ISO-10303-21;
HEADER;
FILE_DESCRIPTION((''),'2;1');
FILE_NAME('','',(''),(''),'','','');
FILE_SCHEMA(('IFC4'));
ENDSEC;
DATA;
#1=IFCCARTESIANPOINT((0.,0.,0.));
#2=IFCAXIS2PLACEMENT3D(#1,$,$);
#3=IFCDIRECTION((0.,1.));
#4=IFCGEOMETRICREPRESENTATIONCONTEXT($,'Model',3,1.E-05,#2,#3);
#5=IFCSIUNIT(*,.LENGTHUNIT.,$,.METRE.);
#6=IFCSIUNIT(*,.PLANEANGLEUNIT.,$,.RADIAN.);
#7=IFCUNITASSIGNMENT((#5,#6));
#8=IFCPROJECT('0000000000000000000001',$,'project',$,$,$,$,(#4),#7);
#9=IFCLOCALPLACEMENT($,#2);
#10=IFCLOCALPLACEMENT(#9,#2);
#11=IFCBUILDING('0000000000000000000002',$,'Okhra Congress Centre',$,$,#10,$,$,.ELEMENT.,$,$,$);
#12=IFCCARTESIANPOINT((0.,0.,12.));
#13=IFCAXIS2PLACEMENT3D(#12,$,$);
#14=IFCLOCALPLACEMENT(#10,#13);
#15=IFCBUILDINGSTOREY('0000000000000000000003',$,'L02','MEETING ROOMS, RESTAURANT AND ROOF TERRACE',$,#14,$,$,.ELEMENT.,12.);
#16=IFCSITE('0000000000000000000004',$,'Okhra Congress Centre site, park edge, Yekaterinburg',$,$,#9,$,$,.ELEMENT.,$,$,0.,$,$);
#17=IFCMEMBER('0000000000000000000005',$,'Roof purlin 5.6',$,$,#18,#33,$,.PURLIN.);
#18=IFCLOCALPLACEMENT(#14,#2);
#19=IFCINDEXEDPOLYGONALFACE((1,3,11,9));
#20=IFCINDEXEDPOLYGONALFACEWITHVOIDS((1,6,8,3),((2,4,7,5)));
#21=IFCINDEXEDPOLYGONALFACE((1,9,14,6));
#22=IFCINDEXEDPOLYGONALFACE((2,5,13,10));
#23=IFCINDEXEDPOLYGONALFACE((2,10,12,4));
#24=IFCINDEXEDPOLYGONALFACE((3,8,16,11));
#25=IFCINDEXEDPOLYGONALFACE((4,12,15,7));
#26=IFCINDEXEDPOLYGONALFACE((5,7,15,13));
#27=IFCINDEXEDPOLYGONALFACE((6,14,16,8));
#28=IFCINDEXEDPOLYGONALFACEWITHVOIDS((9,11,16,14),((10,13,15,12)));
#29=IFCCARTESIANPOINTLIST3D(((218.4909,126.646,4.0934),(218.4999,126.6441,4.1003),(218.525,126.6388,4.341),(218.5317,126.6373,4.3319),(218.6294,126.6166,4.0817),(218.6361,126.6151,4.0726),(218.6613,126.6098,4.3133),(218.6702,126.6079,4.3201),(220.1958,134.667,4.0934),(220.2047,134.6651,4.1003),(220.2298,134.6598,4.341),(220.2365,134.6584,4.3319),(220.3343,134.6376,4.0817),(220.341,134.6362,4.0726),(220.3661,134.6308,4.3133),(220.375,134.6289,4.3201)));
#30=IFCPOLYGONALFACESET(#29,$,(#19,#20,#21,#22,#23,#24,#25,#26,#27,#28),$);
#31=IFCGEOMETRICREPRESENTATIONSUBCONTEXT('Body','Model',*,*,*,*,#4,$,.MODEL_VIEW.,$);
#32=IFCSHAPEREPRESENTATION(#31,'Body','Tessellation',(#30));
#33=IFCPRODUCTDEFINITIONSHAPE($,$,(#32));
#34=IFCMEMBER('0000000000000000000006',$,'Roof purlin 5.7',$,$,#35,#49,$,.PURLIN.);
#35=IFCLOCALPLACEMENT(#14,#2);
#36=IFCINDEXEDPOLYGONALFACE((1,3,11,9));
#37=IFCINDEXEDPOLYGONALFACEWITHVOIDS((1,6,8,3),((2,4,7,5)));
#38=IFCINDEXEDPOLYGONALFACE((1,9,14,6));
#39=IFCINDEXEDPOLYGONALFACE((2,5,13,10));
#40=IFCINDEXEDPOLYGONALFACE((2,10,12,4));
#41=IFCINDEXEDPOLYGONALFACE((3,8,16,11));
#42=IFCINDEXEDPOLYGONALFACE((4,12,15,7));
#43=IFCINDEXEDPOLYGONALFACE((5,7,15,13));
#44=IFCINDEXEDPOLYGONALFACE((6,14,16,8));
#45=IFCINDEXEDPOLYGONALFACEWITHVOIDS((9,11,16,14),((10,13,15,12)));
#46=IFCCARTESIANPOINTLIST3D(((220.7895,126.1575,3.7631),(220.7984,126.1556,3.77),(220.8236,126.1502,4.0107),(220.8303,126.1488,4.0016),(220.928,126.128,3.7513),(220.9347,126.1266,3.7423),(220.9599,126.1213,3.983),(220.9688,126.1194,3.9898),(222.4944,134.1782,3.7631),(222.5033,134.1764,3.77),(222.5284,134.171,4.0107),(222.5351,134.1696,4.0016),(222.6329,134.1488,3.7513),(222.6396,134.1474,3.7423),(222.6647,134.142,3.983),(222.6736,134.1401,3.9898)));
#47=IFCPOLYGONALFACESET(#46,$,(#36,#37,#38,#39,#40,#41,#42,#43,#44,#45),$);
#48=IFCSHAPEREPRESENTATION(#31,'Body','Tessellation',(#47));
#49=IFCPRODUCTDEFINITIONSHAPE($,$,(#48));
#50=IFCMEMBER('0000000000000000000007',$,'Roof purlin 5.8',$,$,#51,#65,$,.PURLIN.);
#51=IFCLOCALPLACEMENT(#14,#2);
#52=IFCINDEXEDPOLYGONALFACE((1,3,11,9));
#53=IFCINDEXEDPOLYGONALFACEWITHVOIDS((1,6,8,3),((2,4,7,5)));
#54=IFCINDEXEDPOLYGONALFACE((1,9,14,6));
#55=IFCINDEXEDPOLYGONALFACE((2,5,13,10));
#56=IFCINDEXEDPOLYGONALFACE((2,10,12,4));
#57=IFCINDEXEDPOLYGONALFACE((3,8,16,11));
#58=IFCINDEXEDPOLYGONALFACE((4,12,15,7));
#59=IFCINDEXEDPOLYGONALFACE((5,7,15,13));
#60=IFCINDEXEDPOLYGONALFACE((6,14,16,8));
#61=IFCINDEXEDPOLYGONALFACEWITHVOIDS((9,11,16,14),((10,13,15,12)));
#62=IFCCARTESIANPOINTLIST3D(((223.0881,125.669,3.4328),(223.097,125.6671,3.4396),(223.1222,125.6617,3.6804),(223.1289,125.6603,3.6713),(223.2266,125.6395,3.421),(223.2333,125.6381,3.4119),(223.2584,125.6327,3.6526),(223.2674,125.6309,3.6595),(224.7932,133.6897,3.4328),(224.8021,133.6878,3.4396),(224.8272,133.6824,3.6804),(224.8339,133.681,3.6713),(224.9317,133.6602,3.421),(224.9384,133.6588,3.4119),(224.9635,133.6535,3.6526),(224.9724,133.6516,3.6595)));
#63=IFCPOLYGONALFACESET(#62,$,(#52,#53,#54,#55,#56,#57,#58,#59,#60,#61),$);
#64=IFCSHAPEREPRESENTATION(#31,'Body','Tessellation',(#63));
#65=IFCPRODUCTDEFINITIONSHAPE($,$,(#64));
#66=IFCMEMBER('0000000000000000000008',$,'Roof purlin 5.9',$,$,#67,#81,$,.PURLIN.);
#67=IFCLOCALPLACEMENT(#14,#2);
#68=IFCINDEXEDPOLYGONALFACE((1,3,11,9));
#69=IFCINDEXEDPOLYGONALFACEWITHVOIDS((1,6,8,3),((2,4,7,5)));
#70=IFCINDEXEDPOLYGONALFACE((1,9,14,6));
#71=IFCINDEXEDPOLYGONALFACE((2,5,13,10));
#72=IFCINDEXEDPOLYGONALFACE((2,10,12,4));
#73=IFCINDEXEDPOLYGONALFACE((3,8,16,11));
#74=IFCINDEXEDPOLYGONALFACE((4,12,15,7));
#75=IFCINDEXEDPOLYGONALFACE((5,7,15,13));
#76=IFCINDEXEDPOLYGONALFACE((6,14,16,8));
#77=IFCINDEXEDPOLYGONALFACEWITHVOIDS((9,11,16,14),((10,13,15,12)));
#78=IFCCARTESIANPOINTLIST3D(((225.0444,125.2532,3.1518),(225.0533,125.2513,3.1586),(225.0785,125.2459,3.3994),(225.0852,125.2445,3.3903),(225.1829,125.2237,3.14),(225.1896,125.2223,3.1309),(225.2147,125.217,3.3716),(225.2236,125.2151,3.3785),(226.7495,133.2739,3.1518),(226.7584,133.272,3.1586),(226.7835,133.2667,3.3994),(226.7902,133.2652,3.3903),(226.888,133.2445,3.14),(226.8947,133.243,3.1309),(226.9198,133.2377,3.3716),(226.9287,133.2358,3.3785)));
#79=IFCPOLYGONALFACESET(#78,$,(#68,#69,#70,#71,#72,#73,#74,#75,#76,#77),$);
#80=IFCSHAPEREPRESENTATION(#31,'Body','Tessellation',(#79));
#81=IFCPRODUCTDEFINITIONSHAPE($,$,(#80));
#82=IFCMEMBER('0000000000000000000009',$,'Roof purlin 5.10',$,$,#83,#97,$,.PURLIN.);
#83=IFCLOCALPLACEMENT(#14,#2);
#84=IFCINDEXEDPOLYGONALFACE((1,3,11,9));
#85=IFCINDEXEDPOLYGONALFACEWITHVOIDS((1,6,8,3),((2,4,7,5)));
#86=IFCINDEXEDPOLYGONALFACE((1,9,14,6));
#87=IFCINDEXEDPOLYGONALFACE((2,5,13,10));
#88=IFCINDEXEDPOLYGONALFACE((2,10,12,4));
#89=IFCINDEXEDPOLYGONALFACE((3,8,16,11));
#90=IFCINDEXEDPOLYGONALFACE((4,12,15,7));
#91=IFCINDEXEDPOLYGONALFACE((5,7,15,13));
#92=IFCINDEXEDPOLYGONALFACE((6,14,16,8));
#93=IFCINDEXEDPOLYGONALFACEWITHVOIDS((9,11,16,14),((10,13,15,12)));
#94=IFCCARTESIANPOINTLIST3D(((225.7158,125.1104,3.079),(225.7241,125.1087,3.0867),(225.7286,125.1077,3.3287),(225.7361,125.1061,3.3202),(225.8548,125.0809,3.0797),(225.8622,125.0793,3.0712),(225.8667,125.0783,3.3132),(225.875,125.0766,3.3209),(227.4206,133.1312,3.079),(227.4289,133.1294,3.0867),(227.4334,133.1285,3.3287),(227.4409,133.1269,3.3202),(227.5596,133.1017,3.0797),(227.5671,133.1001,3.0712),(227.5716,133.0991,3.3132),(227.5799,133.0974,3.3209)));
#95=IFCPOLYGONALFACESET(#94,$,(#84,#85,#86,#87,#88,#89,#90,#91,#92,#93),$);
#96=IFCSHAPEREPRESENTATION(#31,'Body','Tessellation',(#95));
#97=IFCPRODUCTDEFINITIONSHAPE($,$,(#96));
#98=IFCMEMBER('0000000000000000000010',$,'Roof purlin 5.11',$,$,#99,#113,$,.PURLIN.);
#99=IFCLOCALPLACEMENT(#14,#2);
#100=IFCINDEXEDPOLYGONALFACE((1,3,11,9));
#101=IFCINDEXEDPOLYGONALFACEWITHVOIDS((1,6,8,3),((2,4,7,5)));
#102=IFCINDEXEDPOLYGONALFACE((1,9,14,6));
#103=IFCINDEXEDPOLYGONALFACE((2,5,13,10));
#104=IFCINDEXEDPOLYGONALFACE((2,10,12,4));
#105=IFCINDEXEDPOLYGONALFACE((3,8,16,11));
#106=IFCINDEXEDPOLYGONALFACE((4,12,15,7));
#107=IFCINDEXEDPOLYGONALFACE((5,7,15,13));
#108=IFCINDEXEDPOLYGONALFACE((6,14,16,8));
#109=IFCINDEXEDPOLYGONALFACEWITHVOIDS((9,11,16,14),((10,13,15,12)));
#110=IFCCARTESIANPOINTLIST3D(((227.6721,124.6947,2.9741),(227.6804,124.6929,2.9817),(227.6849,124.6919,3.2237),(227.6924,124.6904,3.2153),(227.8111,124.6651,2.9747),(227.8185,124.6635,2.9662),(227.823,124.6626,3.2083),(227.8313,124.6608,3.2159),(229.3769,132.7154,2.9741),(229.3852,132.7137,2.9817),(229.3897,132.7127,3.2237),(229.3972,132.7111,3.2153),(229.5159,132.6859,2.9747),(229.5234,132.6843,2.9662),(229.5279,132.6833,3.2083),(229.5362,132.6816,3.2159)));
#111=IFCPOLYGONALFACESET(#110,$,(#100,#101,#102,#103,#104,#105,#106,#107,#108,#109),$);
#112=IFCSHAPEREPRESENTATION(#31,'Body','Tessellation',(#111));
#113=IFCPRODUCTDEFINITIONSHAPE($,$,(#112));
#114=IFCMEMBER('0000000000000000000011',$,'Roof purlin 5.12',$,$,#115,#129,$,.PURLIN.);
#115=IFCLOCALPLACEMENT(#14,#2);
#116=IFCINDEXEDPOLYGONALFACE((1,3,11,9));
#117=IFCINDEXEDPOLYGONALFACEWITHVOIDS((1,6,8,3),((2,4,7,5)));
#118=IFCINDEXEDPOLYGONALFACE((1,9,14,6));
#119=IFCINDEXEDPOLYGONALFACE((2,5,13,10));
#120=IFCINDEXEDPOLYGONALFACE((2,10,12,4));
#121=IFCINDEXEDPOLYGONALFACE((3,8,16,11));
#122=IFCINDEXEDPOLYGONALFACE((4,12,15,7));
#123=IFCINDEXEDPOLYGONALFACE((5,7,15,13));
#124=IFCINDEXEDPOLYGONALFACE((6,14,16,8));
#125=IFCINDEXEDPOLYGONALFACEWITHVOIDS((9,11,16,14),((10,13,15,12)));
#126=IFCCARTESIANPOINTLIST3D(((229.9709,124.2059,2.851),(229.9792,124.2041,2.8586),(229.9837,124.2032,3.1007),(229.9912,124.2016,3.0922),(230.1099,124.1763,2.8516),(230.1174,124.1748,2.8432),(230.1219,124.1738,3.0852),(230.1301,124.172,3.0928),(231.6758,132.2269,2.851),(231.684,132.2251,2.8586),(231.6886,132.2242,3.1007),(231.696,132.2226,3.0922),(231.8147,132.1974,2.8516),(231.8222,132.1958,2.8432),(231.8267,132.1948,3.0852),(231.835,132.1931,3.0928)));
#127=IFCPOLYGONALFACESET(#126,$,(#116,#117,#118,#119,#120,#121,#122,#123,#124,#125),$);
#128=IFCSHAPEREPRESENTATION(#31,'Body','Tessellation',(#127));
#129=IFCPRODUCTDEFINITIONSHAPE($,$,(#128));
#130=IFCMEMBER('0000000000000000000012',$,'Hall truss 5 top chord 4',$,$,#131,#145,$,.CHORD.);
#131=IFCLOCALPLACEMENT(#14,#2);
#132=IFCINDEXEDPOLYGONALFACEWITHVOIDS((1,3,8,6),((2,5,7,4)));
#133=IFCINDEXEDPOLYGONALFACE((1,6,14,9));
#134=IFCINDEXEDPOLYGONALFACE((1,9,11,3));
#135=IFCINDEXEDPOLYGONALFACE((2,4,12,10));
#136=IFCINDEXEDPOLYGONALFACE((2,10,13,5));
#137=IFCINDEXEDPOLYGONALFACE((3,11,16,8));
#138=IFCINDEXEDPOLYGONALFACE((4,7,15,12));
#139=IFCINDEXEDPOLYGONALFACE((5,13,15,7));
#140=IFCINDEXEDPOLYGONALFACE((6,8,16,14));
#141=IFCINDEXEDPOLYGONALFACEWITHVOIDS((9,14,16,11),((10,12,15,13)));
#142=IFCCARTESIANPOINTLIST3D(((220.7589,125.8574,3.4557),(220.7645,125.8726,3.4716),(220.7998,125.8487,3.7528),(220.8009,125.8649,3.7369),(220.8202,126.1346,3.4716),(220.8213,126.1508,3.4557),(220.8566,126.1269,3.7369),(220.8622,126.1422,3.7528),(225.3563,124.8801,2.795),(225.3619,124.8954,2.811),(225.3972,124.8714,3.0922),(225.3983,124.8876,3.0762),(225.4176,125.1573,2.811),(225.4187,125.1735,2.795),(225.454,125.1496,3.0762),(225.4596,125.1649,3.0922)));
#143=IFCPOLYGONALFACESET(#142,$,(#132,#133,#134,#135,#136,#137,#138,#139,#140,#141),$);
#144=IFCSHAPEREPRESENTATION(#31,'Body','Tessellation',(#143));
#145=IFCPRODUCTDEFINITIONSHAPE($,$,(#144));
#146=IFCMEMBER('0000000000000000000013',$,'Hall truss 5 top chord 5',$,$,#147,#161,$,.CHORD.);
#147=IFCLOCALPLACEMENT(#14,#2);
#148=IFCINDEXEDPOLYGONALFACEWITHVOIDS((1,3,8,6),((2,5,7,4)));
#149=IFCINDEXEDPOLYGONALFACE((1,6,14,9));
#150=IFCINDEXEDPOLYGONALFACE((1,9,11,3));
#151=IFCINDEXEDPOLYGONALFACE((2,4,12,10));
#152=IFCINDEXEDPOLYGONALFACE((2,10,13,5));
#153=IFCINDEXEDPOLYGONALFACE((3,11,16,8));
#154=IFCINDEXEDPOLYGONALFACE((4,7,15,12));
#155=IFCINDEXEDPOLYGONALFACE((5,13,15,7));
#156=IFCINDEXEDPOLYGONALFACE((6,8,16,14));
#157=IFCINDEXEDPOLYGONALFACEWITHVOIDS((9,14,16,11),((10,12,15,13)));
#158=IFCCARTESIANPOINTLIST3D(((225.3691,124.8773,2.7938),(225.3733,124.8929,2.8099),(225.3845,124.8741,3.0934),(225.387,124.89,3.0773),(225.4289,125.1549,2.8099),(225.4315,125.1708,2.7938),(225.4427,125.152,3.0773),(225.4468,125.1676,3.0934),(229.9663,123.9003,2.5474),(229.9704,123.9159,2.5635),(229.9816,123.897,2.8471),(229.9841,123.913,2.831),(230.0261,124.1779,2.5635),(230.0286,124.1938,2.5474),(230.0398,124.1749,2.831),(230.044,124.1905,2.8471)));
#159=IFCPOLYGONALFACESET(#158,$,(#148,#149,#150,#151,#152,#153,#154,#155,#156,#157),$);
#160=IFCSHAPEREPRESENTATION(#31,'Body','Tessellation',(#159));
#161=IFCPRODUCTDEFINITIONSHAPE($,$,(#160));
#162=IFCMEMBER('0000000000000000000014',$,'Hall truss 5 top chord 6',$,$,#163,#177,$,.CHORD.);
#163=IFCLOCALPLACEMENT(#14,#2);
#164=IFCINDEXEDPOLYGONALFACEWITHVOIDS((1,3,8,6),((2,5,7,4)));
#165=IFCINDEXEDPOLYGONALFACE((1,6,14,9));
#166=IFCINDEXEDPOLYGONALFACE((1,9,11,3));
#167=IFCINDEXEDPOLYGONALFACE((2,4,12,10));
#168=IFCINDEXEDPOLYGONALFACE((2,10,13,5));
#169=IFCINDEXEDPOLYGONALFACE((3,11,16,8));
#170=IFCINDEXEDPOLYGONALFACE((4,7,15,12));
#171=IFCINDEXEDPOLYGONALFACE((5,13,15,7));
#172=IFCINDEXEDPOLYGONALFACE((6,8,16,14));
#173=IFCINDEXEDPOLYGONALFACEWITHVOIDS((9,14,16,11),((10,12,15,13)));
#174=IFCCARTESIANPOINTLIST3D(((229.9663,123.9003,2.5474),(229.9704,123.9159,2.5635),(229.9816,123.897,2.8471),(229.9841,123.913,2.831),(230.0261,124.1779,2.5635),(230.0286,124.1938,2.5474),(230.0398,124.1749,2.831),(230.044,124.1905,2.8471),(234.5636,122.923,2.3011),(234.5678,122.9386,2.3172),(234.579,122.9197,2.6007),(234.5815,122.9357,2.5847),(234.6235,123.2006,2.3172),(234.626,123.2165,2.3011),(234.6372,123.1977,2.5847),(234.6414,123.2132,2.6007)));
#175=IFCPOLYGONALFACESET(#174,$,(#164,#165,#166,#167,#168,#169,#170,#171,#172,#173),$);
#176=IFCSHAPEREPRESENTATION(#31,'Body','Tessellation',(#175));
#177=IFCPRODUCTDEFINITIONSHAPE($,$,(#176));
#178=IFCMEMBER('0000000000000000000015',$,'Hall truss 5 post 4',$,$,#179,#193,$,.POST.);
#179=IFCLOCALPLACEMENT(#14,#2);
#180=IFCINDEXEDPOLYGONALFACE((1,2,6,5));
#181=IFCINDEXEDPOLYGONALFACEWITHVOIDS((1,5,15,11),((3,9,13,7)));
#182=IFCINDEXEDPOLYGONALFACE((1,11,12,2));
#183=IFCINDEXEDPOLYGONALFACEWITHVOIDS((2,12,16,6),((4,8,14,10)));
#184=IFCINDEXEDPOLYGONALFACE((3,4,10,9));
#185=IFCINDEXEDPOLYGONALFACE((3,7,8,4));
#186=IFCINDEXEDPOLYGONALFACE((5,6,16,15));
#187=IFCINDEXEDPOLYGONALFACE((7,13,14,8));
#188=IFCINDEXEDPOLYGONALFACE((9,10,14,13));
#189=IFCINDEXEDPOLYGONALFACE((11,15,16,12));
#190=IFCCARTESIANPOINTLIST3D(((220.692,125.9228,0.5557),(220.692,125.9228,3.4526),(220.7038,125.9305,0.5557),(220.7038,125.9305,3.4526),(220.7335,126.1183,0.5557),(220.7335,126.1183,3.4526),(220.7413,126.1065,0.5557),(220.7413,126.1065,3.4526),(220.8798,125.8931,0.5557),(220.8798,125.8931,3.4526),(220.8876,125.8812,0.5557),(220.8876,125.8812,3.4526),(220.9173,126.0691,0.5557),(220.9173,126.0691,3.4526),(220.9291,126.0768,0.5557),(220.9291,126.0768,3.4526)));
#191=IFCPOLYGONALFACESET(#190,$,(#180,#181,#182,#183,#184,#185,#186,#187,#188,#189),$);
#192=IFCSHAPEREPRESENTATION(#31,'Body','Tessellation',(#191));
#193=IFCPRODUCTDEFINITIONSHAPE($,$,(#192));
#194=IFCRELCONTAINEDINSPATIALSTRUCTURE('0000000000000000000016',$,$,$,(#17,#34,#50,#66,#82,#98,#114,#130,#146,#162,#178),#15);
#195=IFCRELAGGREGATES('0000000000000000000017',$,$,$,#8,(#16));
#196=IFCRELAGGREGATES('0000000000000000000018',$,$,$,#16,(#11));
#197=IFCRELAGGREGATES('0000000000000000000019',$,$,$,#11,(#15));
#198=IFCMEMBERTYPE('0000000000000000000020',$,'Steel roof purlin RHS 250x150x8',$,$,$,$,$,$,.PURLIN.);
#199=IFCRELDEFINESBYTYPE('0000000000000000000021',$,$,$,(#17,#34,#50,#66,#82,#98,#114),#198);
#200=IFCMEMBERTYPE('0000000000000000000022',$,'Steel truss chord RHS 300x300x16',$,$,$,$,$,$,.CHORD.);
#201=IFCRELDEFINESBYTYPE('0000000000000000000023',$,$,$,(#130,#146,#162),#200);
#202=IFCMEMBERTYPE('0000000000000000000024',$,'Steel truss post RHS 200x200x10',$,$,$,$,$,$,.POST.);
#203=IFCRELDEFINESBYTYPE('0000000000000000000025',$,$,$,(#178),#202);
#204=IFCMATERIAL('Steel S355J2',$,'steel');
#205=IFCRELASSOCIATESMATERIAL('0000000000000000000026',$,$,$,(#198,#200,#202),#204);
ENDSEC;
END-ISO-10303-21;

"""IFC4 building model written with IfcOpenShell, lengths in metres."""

from ifc_helpers import new_model, si_unit, direction, frame, origin, origin_2d, place, context, subcontext, project, spatial, hollow_rectangle, extrude, material, material_profile, profile_set, type_object, element, save


model = new_model("IFC4")

# Units and contexts
model_context = context("Model", 3, precision=1e-05, world=origin(), true_north=direction((0.0, 1.0)))
body_context = subcontext(model_context, "Body", "Model", "MODEL_VIEW")
ifc_project = project(units=[si_unit("LENGTHUNIT", "METRE"), si_unit("PLANEANGLEUNIT", "RADIAN")], contexts=[model_context])

# Site, building, storey
site_placement = place(None, origin())
site = spatial("IfcSite", under=ifc_project, at=site_placement, Name="Okhra Congress Centre site, park edge, Yekaterinburg", CompositionType="ELEMENT", RefElevation=0.0)
building_placement = place(site_placement, origin())
building = spatial("IfcBuilding", under=site, at=building_placement, Name="Okhra Congress Centre", CompositionType="ELEMENT")
storey_placement = place(building_placement, frame((0.0, 0.0, 12.0)))
storey = spatial("IfcBuildingStorey", under=building, at=storey_placement, Name="L02", Description="MEETING ROOMS, RESTAURANT AND ROOF TERRACE", CompositionType="ELEMENT", Elevation=12.0)

# Members
ifc_material_1 = material(Name="Steel S355J2", Category="steel")
ifc_material_profile_1 = material_profile(ifc_material_1, hollow_rectangle(XDim=0.1499, YDim=0.25, WallThickness=0.0081, at=origin_2d()), Name="RHS 250x150x8")
ifc_profile_set_1 = profile_set([ifc_material_profile_1], Name="Steel S355J2")
member_type_1 = type_object("IfcMemberType", Name="Steel roof purlin RHS 250x150x8", PredefinedType="PURLIN", material=ifc_profile_set_1)
member_1_placement = place(storey_placement, frame((218.5806, 126.627, 4.2068), z_axis=(0.207902, 0.97815, 0.0), x_axis=(-0.96863, 0.205879, 0.139173)))
element("IfcMember", 1, at=member_1_placement, inside=storey, type_object=member_type_1, Name="Roof purlin 5.6", PredefinedType="PURLIN", context=body_context, shape_type="SweptSolid", body=[
    extrude(hollow_rectangle(XDim=0.1499, YDim=0.25, WallThickness=0.0081, at=origin_2d()), origin(), (0.0, 0.0, 1.0), 8.2002),
])
for number, where, z_axis, x_axis, name in (
    (2, (220.8792, 126.1384, 3.8765), (0.207908, 0.978148, 0.0), (-0.968629, 0.205885, 0.139173), "Roof purlin 5.7"),
    (3, (223.1777, 125.6499, 3.5461), (0.207937, 0.978142, 0.0), (-0.968623, 0.205913, 0.139173), "Roof purlin 5.8"),
    (4, (225.134, 125.2341, 3.2651), (0.207937, 0.978142, 0.0), (-0.968623, 0.205913, 0.139173), "Roof purlin 5.9"),
    (5, (225.7954, 125.0935, 3.2), (0.207908, 0.978148, 0.0), (-0.976808, 0.207623, 0.052336), "Roof purlin 5.10"),
    (6, (227.7517, 124.6777, 3.095), (0.207908, 0.978148, 0.0), (-0.976808, 0.207623, 0.052336), "Roof purlin 5.11"),
):
    element("IfcMember", number, at=place(storey_placement, frame(where, z_axis=z_axis, x_axis=x_axis)), inside=storey, type_object=member_type_1, Name=name, PredefinedType="PURLIN", context=body_context, shape_type="SweptSolid", body=[
        extrude(hollow_rectangle(XDim=0.1499, YDim=0.25, WallThickness=0.0081, at=origin_2d()), origin(), (0.0, 0.0, 1.0), 8.2),
    ])
member_2_placement = place(storey_placement, frame((230.0505, 124.189, 2.9719), z_axis=(0.207902, 0.97815, 0.0), x_axis=(-0.976809, 0.207617, 0.052336)))
element("IfcMember", 7, at=member_2_placement, inside=storey, type_object=member_type_1, Name="Roof purlin 5.12", PredefinedType="PURLIN", context=body_context, shape_type="SweptSolid", body=[
    extrude(hollow_rectangle(XDim=0.1499, YDim=0.25, WallThickness=0.0081, at=origin_2d()), origin(), (0.0, 0.0, 1.0), 8.2002),
])
ifc_material_profile_2 = material_profile(ifc_material_1, hollow_rectangle(XDim=0.3, YDim=0.3, WallThickness=0.0161, at=origin_2d()), Name="RHS 300x300x16")
ifc_profile_set_2 = profile_set([ifc_material_profile_2], Name="Steel S355J2")
member_type_2 = type_object("IfcMemberType", Name="Steel truss chord RHS 300x300x16", PredefinedType="CHORD", material=ifc_profile_set_2)
member_3_placement = place(storey_placement, frame((220.8105, 125.9998, 3.6042), z_axis=(0.968622, -0.205905, -0.13919), x_axis=(0.207929, 0.978144, 0.0)))
element("IfcMember", 8, at=member_3_placement, inside=storey, type_object=member_type_2, Name="Hall truss 5 top chord 4", PredefinedType="CHORD", context=body_context, shape_type="SweptSolid", body=[
    extrude(hollow_rectangle(XDim=0.3, YDim=0.3, WallThickness=0.0161, at=origin_2d()), origin(), (0.0, 0.0, 1.0), 4.7463),
])
member_4_placement = place(storey_placement, frame((225.408, 125.0225, 2.9436), z_axis=(0.976811, -0.207605, -0.052342), x_axis=(0.20789, 0.978152, 0.0)))
element("IfcMember", 9, at=member_4_placement, inside=storey, type_object=member_type_2, Name="Hall truss 5 top chord 5", PredefinedType="CHORD", context=body_context, shape_type="SweptSolid", body=[
    extrude(hollow_rectangle(XDim=0.3, YDim=0.3, WallThickness=0.0161, at=origin_2d()), origin(), (0.0, 0.0, 1.0), 4.7063),
])
member_5_placement = place(storey_placement, frame((230.0051, 124.0454, 2.6973), z_axis=(0.976803, -0.207644, -0.052339), x_axis=(0.207929, 0.978144, 0.0)))
element("IfcMember", 10, at=member_5_placement, inside=storey, type_object=member_type_2, Name="Hall truss 5 top chord 6", PredefinedType="CHORD", context=body_context, shape_type="SweptSolid", body=[
    extrude(hollow_rectangle(XDim=0.3, YDim=0.3, WallThickness=0.0161, at=origin_2d()), origin(), (0.0, 0.0, 1.0), 4.7065),
])
ifc_material_profile_3 = material_profile(ifc_material_1, hollow_rectangle(XDim=0.2, YDim=0.2, WallThickness=0.01, at=origin_2d()), Name="RHS 200x200x10")
ifc_profile_set_3 = profile_set([ifc_material_profile_3], Name="Steel S355J2")
member_type_3 = type_object("IfcMemberType", Name="Steel truss post RHS 200x200x10", PredefinedType="POST", material=ifc_profile_set_3)
member_6_placement = place(storey_placement, frame((220.8105, 125.9998, 0.5557), z_axis=(0.0, 0.0, 1.0), x_axis=(0.978148, -0.207912, 0.0)))
element("IfcMember", 11, at=member_6_placement, inside=storey, type_object=member_type_3, Name="Hall truss 5 post 4", PredefinedType="POST", context=body_context, shape_type="SweptSolid", body=[
    extrude(hollow_rectangle(XDim=0.2, YDim=0.2, WallThickness=0.01, at=origin_2d()), origin(), (0.0, 0.0, 1.0), 2.897),
])

save(model, "model.ifc")
